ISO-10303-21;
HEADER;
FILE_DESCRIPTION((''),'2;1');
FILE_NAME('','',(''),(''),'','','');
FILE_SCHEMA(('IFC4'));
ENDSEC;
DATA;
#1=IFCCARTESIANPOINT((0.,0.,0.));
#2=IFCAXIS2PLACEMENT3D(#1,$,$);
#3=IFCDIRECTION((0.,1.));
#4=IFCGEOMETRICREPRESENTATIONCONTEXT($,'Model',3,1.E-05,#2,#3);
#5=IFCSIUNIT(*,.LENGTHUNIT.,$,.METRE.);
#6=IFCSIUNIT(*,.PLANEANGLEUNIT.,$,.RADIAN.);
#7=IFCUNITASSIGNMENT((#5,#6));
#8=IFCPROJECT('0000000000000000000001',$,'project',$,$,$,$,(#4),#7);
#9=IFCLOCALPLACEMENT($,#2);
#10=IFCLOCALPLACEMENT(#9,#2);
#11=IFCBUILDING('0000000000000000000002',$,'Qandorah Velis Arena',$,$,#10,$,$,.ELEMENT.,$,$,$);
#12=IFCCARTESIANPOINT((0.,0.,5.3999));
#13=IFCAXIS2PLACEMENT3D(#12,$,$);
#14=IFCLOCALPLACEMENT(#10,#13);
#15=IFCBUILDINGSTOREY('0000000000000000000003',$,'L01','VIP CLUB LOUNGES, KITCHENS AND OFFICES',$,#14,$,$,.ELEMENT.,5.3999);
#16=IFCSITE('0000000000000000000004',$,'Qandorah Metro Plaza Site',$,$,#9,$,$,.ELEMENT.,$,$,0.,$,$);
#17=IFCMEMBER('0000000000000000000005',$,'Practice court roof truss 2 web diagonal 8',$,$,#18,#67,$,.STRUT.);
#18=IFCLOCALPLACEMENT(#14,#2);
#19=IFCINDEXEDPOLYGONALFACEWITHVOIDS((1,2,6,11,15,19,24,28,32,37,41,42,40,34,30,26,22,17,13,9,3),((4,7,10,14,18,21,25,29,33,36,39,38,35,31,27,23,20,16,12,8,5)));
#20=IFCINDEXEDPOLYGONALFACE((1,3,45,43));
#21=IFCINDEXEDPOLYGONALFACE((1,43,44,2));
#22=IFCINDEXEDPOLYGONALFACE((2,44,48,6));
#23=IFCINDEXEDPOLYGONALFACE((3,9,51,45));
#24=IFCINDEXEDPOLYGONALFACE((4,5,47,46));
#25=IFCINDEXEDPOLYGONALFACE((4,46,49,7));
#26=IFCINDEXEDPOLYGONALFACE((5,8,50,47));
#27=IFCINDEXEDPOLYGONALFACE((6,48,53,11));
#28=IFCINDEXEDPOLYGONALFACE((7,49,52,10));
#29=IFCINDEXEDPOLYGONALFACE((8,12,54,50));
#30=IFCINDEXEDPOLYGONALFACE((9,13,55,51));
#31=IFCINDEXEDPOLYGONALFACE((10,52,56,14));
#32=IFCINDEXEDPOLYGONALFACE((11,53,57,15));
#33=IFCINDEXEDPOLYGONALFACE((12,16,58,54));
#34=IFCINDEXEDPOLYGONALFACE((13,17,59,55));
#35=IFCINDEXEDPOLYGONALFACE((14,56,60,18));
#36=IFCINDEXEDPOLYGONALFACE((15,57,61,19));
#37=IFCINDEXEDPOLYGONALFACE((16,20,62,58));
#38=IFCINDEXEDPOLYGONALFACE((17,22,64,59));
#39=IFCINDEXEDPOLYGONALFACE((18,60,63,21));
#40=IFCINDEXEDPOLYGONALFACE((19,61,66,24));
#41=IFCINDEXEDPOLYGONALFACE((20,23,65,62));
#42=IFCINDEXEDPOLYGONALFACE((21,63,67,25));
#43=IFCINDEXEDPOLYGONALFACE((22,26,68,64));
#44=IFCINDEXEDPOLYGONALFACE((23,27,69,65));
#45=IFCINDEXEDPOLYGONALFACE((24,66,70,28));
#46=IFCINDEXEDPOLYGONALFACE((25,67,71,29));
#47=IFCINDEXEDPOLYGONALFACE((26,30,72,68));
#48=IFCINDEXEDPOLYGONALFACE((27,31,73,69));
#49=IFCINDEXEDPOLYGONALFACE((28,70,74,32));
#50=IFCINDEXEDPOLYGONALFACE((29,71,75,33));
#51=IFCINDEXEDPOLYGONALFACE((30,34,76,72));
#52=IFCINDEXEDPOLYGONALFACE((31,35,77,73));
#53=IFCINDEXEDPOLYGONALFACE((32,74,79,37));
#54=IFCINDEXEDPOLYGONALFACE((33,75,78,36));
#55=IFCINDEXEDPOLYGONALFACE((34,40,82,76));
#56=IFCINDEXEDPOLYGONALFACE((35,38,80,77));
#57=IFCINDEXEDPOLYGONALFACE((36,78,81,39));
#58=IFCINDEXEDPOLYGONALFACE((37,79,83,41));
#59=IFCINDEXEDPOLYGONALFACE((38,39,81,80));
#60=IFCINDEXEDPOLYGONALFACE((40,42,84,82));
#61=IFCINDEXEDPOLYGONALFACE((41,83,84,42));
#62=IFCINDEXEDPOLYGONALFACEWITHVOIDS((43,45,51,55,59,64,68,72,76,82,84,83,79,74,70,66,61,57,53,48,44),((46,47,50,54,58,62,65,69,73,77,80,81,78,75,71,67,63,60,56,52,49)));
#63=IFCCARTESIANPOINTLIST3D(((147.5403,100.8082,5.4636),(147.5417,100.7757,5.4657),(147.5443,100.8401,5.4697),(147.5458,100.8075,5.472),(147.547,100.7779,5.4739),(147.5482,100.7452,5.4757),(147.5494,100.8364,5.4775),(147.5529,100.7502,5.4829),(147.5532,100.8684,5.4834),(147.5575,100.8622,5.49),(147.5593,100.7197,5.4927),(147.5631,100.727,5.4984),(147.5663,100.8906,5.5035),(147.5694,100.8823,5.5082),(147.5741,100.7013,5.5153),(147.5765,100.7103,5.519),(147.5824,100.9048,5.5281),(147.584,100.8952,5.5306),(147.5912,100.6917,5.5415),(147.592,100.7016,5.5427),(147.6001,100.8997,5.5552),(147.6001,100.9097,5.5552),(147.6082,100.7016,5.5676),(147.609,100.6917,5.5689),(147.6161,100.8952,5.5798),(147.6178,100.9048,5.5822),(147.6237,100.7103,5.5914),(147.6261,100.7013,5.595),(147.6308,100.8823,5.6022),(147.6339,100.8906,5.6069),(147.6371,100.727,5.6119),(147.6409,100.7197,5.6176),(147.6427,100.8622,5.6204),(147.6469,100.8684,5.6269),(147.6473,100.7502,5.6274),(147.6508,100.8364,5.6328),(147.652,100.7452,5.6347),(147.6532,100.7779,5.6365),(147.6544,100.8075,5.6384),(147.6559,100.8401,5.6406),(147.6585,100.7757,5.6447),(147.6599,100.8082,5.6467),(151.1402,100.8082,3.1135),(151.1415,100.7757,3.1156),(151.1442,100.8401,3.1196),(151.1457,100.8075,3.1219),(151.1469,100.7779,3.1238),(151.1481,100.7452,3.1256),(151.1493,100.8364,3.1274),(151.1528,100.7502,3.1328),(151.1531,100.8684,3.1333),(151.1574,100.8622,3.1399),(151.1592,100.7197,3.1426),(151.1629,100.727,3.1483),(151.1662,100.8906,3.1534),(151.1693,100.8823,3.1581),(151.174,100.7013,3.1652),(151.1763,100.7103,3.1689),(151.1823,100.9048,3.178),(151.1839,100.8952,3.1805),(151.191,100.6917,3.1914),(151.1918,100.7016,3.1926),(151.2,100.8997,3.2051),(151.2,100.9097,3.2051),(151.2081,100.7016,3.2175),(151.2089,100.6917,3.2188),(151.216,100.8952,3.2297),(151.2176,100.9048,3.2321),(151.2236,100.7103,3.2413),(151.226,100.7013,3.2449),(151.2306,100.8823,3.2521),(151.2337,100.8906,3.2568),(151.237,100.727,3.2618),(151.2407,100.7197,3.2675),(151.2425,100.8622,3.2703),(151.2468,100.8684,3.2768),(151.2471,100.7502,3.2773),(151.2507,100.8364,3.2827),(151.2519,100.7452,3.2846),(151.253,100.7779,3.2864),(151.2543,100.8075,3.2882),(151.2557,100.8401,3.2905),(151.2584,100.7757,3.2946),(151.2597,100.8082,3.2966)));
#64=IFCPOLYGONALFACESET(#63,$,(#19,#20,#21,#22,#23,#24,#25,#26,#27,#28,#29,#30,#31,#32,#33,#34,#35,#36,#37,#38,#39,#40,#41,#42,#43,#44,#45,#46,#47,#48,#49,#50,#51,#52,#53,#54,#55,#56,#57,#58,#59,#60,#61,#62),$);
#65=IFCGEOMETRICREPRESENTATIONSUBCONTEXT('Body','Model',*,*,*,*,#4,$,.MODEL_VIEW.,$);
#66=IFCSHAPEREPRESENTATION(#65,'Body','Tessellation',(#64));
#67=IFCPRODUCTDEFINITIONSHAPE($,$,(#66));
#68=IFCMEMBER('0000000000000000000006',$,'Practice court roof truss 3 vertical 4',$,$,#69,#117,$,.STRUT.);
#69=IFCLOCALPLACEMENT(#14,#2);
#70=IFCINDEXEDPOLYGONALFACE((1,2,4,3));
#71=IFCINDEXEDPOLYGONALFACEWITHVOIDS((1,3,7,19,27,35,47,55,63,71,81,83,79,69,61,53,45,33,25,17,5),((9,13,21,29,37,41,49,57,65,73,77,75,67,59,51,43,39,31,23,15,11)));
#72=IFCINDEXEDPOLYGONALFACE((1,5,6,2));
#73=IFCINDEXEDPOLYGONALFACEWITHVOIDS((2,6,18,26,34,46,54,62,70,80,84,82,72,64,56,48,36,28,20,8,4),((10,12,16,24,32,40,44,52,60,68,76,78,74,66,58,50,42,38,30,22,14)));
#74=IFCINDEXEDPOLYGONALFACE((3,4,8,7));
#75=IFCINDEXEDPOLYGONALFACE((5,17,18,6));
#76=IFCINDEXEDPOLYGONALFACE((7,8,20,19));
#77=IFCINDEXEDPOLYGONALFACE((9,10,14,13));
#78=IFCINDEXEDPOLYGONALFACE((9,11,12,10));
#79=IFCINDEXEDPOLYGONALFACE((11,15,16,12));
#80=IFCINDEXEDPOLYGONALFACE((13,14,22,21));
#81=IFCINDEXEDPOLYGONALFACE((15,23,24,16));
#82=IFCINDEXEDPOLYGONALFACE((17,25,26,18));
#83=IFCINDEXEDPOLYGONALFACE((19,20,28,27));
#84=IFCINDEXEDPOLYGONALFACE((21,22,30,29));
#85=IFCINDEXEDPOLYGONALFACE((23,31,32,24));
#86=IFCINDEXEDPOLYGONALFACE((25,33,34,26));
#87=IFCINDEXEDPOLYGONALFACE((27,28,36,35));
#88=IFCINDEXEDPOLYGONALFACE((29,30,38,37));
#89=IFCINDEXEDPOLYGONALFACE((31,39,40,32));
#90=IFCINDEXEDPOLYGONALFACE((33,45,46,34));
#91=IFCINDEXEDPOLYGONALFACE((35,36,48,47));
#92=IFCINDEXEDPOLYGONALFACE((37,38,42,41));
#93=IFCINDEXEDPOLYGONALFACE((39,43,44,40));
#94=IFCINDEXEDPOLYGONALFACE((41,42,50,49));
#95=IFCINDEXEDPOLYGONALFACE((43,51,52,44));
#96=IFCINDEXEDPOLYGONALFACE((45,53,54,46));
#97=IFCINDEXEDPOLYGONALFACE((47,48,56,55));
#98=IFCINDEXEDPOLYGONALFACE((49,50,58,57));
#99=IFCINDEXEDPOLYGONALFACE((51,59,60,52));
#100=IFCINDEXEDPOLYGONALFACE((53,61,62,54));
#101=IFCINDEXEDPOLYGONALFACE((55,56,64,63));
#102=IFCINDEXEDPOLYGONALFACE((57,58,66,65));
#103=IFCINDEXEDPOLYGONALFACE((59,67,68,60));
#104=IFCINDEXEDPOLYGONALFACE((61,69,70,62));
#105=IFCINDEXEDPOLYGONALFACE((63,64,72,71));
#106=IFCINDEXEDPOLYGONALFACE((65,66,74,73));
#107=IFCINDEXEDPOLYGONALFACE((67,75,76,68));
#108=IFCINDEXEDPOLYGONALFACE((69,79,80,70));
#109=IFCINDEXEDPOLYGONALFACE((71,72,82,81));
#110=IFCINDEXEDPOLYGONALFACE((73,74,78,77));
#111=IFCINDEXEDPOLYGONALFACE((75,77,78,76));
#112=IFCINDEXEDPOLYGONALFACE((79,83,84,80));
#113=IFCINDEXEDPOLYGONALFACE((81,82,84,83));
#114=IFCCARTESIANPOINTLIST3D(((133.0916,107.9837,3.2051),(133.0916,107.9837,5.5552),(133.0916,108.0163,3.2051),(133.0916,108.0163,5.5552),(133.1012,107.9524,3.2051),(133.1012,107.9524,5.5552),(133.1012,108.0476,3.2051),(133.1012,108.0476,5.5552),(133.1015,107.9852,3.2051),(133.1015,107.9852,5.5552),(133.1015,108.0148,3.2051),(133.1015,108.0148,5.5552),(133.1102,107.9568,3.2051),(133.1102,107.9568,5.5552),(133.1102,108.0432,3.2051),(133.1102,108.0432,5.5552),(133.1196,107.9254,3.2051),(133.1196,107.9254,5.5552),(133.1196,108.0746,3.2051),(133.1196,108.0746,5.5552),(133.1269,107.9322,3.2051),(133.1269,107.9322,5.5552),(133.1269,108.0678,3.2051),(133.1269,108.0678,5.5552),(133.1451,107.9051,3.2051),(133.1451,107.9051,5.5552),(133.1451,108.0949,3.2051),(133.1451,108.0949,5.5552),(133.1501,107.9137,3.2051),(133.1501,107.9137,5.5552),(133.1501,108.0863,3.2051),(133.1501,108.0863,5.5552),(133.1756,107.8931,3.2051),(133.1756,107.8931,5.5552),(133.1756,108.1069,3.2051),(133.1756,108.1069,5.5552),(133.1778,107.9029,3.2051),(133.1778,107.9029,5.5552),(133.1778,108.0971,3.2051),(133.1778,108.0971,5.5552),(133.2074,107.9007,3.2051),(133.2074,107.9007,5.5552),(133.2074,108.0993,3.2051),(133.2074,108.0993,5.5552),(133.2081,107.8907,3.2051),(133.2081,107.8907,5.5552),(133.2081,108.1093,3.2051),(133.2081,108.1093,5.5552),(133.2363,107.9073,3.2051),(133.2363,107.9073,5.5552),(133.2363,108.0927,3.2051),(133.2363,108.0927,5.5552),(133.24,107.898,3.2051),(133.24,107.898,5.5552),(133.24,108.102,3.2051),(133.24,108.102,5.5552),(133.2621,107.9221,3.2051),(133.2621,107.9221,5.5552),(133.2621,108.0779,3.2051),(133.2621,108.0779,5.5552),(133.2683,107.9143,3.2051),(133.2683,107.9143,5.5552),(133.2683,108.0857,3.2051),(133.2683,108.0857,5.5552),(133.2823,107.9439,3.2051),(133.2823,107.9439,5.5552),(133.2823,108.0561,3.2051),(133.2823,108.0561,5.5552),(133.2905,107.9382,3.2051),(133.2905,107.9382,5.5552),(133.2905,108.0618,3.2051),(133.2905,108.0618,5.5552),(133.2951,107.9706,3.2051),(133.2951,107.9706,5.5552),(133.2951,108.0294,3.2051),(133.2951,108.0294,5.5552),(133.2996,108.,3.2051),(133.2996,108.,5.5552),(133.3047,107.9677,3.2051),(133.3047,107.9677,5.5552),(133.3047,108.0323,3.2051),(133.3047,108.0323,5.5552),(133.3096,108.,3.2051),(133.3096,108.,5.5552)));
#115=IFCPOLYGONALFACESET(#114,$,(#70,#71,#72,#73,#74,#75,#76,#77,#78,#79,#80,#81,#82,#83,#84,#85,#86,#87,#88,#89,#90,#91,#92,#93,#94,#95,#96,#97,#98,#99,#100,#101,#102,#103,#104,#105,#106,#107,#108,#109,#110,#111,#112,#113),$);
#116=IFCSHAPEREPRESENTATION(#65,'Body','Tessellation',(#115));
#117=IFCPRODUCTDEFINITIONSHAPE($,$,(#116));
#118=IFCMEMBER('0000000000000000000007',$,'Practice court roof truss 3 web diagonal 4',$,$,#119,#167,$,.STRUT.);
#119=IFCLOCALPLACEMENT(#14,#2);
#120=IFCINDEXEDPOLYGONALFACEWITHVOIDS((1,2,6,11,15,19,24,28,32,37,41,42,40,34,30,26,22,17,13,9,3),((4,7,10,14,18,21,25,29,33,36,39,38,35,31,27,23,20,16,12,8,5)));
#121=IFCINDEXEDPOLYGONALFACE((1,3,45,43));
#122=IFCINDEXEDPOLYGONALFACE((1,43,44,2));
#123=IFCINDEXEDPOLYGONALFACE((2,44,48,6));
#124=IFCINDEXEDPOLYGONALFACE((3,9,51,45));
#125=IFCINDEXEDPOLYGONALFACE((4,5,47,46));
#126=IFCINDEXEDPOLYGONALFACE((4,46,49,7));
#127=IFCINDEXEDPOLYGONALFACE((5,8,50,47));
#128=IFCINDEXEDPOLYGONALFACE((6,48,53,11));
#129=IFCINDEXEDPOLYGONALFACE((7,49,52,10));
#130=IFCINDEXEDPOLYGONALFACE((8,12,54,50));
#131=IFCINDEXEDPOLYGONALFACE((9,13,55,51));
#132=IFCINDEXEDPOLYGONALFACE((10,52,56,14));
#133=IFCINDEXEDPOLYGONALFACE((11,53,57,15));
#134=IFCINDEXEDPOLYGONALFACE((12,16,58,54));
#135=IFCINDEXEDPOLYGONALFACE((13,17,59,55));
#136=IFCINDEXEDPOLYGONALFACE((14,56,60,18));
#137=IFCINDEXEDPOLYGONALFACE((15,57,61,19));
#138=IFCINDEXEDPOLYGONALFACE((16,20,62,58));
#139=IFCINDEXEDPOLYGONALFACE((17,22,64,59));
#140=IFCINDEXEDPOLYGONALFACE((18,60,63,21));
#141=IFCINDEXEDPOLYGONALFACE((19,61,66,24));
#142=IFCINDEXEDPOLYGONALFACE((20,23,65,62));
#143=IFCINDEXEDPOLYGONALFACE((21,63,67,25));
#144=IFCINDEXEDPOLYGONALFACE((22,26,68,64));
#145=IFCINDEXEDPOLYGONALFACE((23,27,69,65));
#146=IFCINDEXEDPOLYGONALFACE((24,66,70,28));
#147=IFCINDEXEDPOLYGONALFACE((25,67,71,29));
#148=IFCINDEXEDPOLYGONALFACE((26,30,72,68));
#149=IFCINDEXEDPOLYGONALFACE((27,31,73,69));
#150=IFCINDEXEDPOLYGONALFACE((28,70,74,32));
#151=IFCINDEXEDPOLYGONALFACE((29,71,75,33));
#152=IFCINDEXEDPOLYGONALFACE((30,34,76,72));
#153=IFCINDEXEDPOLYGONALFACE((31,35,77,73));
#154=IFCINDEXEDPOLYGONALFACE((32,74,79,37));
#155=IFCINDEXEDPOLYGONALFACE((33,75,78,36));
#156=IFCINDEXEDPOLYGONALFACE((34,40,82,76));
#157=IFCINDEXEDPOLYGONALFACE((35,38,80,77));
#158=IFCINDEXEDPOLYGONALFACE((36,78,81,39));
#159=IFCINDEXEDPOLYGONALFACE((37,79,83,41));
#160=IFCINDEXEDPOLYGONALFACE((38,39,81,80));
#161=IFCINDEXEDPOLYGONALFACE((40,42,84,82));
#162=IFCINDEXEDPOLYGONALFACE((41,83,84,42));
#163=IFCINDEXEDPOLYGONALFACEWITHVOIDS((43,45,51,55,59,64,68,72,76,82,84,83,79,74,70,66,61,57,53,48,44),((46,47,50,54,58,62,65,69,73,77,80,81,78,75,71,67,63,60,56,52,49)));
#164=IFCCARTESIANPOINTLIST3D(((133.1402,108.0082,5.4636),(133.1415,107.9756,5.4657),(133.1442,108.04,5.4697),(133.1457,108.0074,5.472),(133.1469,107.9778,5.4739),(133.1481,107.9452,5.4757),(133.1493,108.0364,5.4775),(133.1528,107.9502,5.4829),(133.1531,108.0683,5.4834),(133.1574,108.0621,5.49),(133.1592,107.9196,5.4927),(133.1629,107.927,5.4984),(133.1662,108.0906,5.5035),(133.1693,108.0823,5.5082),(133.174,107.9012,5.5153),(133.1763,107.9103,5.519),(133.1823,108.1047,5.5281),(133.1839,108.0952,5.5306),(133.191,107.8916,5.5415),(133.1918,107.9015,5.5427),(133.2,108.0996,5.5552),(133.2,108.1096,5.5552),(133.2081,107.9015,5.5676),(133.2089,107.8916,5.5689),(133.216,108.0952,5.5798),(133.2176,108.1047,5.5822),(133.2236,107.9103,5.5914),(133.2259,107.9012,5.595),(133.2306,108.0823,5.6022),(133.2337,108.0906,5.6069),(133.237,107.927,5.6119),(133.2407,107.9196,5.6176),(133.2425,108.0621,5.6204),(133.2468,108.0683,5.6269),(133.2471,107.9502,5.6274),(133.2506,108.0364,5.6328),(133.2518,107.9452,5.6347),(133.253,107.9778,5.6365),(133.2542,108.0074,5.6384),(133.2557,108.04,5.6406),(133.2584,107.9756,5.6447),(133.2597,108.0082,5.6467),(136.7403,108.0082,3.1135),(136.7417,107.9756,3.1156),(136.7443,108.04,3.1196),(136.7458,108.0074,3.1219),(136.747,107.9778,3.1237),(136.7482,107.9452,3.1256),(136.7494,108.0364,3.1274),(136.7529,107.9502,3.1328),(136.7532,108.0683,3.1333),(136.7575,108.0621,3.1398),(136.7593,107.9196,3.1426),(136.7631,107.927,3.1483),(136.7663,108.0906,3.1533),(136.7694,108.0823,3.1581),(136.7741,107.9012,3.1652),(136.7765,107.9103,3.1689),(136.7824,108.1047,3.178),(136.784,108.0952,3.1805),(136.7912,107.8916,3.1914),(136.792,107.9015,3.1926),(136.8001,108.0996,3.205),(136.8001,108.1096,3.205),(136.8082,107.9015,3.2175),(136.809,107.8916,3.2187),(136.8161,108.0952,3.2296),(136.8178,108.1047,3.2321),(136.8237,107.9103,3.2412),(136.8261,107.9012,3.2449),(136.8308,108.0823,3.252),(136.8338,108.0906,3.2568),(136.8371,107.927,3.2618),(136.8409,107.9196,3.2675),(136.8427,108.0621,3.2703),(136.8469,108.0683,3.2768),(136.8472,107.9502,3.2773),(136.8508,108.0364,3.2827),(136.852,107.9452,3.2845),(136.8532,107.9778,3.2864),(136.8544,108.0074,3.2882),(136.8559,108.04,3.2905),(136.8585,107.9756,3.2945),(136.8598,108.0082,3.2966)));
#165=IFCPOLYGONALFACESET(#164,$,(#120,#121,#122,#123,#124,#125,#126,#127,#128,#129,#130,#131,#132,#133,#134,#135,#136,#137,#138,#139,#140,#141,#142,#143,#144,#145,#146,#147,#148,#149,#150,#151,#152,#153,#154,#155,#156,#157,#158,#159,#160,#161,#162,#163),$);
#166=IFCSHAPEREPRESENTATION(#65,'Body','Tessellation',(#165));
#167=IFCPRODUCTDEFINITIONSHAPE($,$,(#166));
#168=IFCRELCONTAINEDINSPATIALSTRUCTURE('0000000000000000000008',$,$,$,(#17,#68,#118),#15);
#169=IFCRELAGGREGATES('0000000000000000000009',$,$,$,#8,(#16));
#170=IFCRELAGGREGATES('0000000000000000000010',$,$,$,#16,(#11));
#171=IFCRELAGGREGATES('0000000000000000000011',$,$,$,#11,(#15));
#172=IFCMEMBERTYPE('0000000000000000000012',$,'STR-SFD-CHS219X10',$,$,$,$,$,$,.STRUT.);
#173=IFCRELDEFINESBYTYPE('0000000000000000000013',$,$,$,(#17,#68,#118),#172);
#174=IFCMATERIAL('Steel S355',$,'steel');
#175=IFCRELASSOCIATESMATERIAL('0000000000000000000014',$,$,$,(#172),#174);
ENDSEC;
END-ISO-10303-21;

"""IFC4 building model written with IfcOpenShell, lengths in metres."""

from ifc_helpers import new_model, si_unit, direction, frame, origin, origin_2d, place, context, subcontext, project, spatial, hollow_circle, extrude, material, material_profile, profile_set, type_object, element, save


model = new_model("IFC4")

# Units and contexts
model_context = context("Model", 3, precision=1e-05, world=origin(), true_north=direction((0.0, 1.0)))
body_context = subcontext(model_context, "Body", "Model", "MODEL_VIEW")
ifc_project = project(units=[si_unit("LENGTHUNIT", "METRE"), si_unit("PLANEANGLEUNIT", "RADIAN")], contexts=[model_context])

# Site, building, storey
site_placement = place(None, origin())
site = spatial("IfcSite", under=ifc_project, at=site_placement, Name="Qandorah Metro Plaza Site", CompositionType="ELEMENT", RefElevation=0.0)
building_placement = place(site_placement, origin())
building = spatial("IfcBuilding", under=site, at=building_placement, Name="Qandorah Velis Arena", CompositionType="ELEMENT")
storey_placement = place(building_placement, frame((0.0, 0.0, 5.3999)))
storey = spatial("IfcBuildingStorey", under=building, at=storey_placement, Name="L01", Description="VIP CLUB LOUNGES, KITCHENS AND OFFICES", CompositionType="ELEMENT", Elevation=5.3999)

# Members
ifc_material = material(Name="Steel S355", Category="steel")
ifc_material_profile = material_profile(ifc_material, hollow_circle(Radius=0.1096, WallThickness=0.01, at=origin_2d()), Name="CHS 219.1x10")
ifc_profile_set = profile_set([ifc_material_profile], Name="Steel S355")
member_type = type_object("IfcMemberType", Name="STR-SFD-CHS219X10", PredefinedType="STRUT", material=ifc_profile_set)
member_1_placement = place(storey_placement, frame((147.6001, 100.8, 5.5552), z_axis=(0.837359, 0.0, -0.546654), x_axis=(0.0, 1.0, 0.0)))
element("IfcMember", 1, at=member_1_placement, inside=storey, type_object=member_type, Name="Practice court roof truss 2 web diagonal 8", PredefinedType="STRUT", context=body_context, shape_type="SweptSolid", body=[
    extrude(hollow_circle(Radius=0.1096, WallThickness=0.01, at=origin_2d()), origin(), (0.0, 0.0, 1.0), 4.2991),
])
member_2_placement = place(storey_placement, frame((133.2, 108.0, 3.2051), z_axis=(0.0, 0.0, 1.0), x_axis=(1.0, 0.0, 0.0)))
element("IfcMember", 2, at=member_2_placement, inside=storey, type_object=member_type, Name="Practice court roof truss 3 vertical 4", PredefinedType="STRUT", context=body_context, shape_type="SweptSolid", body=[
    extrude(hollow_circle(Radius=0.1096, WallThickness=0.01, at=origin_2d()), origin(), (0.0, 0.0, 1.0), 2.3501),
])
member_3_placement = place(storey_placement, frame((133.2, 108.0, 5.5552), z_axis=(0.837376, 0.0, -0.546628), x_axis=(0.0, 1.0, 0.0)))
element("IfcMember", 3, at=member_3_placement, inside=storey, type_object=member_type, Name="Practice court roof truss 3 web diagonal 4", PredefinedType="STRUT", context=body_context, shape_type="SweptSolid", body=[
    extrude(hollow_circle(Radius=0.1096, WallThickness=0.01, at=origin_2d()), origin(), (0.0, 0.0, 1.0), 4.2993),
])

save(model, "model.ifc")
